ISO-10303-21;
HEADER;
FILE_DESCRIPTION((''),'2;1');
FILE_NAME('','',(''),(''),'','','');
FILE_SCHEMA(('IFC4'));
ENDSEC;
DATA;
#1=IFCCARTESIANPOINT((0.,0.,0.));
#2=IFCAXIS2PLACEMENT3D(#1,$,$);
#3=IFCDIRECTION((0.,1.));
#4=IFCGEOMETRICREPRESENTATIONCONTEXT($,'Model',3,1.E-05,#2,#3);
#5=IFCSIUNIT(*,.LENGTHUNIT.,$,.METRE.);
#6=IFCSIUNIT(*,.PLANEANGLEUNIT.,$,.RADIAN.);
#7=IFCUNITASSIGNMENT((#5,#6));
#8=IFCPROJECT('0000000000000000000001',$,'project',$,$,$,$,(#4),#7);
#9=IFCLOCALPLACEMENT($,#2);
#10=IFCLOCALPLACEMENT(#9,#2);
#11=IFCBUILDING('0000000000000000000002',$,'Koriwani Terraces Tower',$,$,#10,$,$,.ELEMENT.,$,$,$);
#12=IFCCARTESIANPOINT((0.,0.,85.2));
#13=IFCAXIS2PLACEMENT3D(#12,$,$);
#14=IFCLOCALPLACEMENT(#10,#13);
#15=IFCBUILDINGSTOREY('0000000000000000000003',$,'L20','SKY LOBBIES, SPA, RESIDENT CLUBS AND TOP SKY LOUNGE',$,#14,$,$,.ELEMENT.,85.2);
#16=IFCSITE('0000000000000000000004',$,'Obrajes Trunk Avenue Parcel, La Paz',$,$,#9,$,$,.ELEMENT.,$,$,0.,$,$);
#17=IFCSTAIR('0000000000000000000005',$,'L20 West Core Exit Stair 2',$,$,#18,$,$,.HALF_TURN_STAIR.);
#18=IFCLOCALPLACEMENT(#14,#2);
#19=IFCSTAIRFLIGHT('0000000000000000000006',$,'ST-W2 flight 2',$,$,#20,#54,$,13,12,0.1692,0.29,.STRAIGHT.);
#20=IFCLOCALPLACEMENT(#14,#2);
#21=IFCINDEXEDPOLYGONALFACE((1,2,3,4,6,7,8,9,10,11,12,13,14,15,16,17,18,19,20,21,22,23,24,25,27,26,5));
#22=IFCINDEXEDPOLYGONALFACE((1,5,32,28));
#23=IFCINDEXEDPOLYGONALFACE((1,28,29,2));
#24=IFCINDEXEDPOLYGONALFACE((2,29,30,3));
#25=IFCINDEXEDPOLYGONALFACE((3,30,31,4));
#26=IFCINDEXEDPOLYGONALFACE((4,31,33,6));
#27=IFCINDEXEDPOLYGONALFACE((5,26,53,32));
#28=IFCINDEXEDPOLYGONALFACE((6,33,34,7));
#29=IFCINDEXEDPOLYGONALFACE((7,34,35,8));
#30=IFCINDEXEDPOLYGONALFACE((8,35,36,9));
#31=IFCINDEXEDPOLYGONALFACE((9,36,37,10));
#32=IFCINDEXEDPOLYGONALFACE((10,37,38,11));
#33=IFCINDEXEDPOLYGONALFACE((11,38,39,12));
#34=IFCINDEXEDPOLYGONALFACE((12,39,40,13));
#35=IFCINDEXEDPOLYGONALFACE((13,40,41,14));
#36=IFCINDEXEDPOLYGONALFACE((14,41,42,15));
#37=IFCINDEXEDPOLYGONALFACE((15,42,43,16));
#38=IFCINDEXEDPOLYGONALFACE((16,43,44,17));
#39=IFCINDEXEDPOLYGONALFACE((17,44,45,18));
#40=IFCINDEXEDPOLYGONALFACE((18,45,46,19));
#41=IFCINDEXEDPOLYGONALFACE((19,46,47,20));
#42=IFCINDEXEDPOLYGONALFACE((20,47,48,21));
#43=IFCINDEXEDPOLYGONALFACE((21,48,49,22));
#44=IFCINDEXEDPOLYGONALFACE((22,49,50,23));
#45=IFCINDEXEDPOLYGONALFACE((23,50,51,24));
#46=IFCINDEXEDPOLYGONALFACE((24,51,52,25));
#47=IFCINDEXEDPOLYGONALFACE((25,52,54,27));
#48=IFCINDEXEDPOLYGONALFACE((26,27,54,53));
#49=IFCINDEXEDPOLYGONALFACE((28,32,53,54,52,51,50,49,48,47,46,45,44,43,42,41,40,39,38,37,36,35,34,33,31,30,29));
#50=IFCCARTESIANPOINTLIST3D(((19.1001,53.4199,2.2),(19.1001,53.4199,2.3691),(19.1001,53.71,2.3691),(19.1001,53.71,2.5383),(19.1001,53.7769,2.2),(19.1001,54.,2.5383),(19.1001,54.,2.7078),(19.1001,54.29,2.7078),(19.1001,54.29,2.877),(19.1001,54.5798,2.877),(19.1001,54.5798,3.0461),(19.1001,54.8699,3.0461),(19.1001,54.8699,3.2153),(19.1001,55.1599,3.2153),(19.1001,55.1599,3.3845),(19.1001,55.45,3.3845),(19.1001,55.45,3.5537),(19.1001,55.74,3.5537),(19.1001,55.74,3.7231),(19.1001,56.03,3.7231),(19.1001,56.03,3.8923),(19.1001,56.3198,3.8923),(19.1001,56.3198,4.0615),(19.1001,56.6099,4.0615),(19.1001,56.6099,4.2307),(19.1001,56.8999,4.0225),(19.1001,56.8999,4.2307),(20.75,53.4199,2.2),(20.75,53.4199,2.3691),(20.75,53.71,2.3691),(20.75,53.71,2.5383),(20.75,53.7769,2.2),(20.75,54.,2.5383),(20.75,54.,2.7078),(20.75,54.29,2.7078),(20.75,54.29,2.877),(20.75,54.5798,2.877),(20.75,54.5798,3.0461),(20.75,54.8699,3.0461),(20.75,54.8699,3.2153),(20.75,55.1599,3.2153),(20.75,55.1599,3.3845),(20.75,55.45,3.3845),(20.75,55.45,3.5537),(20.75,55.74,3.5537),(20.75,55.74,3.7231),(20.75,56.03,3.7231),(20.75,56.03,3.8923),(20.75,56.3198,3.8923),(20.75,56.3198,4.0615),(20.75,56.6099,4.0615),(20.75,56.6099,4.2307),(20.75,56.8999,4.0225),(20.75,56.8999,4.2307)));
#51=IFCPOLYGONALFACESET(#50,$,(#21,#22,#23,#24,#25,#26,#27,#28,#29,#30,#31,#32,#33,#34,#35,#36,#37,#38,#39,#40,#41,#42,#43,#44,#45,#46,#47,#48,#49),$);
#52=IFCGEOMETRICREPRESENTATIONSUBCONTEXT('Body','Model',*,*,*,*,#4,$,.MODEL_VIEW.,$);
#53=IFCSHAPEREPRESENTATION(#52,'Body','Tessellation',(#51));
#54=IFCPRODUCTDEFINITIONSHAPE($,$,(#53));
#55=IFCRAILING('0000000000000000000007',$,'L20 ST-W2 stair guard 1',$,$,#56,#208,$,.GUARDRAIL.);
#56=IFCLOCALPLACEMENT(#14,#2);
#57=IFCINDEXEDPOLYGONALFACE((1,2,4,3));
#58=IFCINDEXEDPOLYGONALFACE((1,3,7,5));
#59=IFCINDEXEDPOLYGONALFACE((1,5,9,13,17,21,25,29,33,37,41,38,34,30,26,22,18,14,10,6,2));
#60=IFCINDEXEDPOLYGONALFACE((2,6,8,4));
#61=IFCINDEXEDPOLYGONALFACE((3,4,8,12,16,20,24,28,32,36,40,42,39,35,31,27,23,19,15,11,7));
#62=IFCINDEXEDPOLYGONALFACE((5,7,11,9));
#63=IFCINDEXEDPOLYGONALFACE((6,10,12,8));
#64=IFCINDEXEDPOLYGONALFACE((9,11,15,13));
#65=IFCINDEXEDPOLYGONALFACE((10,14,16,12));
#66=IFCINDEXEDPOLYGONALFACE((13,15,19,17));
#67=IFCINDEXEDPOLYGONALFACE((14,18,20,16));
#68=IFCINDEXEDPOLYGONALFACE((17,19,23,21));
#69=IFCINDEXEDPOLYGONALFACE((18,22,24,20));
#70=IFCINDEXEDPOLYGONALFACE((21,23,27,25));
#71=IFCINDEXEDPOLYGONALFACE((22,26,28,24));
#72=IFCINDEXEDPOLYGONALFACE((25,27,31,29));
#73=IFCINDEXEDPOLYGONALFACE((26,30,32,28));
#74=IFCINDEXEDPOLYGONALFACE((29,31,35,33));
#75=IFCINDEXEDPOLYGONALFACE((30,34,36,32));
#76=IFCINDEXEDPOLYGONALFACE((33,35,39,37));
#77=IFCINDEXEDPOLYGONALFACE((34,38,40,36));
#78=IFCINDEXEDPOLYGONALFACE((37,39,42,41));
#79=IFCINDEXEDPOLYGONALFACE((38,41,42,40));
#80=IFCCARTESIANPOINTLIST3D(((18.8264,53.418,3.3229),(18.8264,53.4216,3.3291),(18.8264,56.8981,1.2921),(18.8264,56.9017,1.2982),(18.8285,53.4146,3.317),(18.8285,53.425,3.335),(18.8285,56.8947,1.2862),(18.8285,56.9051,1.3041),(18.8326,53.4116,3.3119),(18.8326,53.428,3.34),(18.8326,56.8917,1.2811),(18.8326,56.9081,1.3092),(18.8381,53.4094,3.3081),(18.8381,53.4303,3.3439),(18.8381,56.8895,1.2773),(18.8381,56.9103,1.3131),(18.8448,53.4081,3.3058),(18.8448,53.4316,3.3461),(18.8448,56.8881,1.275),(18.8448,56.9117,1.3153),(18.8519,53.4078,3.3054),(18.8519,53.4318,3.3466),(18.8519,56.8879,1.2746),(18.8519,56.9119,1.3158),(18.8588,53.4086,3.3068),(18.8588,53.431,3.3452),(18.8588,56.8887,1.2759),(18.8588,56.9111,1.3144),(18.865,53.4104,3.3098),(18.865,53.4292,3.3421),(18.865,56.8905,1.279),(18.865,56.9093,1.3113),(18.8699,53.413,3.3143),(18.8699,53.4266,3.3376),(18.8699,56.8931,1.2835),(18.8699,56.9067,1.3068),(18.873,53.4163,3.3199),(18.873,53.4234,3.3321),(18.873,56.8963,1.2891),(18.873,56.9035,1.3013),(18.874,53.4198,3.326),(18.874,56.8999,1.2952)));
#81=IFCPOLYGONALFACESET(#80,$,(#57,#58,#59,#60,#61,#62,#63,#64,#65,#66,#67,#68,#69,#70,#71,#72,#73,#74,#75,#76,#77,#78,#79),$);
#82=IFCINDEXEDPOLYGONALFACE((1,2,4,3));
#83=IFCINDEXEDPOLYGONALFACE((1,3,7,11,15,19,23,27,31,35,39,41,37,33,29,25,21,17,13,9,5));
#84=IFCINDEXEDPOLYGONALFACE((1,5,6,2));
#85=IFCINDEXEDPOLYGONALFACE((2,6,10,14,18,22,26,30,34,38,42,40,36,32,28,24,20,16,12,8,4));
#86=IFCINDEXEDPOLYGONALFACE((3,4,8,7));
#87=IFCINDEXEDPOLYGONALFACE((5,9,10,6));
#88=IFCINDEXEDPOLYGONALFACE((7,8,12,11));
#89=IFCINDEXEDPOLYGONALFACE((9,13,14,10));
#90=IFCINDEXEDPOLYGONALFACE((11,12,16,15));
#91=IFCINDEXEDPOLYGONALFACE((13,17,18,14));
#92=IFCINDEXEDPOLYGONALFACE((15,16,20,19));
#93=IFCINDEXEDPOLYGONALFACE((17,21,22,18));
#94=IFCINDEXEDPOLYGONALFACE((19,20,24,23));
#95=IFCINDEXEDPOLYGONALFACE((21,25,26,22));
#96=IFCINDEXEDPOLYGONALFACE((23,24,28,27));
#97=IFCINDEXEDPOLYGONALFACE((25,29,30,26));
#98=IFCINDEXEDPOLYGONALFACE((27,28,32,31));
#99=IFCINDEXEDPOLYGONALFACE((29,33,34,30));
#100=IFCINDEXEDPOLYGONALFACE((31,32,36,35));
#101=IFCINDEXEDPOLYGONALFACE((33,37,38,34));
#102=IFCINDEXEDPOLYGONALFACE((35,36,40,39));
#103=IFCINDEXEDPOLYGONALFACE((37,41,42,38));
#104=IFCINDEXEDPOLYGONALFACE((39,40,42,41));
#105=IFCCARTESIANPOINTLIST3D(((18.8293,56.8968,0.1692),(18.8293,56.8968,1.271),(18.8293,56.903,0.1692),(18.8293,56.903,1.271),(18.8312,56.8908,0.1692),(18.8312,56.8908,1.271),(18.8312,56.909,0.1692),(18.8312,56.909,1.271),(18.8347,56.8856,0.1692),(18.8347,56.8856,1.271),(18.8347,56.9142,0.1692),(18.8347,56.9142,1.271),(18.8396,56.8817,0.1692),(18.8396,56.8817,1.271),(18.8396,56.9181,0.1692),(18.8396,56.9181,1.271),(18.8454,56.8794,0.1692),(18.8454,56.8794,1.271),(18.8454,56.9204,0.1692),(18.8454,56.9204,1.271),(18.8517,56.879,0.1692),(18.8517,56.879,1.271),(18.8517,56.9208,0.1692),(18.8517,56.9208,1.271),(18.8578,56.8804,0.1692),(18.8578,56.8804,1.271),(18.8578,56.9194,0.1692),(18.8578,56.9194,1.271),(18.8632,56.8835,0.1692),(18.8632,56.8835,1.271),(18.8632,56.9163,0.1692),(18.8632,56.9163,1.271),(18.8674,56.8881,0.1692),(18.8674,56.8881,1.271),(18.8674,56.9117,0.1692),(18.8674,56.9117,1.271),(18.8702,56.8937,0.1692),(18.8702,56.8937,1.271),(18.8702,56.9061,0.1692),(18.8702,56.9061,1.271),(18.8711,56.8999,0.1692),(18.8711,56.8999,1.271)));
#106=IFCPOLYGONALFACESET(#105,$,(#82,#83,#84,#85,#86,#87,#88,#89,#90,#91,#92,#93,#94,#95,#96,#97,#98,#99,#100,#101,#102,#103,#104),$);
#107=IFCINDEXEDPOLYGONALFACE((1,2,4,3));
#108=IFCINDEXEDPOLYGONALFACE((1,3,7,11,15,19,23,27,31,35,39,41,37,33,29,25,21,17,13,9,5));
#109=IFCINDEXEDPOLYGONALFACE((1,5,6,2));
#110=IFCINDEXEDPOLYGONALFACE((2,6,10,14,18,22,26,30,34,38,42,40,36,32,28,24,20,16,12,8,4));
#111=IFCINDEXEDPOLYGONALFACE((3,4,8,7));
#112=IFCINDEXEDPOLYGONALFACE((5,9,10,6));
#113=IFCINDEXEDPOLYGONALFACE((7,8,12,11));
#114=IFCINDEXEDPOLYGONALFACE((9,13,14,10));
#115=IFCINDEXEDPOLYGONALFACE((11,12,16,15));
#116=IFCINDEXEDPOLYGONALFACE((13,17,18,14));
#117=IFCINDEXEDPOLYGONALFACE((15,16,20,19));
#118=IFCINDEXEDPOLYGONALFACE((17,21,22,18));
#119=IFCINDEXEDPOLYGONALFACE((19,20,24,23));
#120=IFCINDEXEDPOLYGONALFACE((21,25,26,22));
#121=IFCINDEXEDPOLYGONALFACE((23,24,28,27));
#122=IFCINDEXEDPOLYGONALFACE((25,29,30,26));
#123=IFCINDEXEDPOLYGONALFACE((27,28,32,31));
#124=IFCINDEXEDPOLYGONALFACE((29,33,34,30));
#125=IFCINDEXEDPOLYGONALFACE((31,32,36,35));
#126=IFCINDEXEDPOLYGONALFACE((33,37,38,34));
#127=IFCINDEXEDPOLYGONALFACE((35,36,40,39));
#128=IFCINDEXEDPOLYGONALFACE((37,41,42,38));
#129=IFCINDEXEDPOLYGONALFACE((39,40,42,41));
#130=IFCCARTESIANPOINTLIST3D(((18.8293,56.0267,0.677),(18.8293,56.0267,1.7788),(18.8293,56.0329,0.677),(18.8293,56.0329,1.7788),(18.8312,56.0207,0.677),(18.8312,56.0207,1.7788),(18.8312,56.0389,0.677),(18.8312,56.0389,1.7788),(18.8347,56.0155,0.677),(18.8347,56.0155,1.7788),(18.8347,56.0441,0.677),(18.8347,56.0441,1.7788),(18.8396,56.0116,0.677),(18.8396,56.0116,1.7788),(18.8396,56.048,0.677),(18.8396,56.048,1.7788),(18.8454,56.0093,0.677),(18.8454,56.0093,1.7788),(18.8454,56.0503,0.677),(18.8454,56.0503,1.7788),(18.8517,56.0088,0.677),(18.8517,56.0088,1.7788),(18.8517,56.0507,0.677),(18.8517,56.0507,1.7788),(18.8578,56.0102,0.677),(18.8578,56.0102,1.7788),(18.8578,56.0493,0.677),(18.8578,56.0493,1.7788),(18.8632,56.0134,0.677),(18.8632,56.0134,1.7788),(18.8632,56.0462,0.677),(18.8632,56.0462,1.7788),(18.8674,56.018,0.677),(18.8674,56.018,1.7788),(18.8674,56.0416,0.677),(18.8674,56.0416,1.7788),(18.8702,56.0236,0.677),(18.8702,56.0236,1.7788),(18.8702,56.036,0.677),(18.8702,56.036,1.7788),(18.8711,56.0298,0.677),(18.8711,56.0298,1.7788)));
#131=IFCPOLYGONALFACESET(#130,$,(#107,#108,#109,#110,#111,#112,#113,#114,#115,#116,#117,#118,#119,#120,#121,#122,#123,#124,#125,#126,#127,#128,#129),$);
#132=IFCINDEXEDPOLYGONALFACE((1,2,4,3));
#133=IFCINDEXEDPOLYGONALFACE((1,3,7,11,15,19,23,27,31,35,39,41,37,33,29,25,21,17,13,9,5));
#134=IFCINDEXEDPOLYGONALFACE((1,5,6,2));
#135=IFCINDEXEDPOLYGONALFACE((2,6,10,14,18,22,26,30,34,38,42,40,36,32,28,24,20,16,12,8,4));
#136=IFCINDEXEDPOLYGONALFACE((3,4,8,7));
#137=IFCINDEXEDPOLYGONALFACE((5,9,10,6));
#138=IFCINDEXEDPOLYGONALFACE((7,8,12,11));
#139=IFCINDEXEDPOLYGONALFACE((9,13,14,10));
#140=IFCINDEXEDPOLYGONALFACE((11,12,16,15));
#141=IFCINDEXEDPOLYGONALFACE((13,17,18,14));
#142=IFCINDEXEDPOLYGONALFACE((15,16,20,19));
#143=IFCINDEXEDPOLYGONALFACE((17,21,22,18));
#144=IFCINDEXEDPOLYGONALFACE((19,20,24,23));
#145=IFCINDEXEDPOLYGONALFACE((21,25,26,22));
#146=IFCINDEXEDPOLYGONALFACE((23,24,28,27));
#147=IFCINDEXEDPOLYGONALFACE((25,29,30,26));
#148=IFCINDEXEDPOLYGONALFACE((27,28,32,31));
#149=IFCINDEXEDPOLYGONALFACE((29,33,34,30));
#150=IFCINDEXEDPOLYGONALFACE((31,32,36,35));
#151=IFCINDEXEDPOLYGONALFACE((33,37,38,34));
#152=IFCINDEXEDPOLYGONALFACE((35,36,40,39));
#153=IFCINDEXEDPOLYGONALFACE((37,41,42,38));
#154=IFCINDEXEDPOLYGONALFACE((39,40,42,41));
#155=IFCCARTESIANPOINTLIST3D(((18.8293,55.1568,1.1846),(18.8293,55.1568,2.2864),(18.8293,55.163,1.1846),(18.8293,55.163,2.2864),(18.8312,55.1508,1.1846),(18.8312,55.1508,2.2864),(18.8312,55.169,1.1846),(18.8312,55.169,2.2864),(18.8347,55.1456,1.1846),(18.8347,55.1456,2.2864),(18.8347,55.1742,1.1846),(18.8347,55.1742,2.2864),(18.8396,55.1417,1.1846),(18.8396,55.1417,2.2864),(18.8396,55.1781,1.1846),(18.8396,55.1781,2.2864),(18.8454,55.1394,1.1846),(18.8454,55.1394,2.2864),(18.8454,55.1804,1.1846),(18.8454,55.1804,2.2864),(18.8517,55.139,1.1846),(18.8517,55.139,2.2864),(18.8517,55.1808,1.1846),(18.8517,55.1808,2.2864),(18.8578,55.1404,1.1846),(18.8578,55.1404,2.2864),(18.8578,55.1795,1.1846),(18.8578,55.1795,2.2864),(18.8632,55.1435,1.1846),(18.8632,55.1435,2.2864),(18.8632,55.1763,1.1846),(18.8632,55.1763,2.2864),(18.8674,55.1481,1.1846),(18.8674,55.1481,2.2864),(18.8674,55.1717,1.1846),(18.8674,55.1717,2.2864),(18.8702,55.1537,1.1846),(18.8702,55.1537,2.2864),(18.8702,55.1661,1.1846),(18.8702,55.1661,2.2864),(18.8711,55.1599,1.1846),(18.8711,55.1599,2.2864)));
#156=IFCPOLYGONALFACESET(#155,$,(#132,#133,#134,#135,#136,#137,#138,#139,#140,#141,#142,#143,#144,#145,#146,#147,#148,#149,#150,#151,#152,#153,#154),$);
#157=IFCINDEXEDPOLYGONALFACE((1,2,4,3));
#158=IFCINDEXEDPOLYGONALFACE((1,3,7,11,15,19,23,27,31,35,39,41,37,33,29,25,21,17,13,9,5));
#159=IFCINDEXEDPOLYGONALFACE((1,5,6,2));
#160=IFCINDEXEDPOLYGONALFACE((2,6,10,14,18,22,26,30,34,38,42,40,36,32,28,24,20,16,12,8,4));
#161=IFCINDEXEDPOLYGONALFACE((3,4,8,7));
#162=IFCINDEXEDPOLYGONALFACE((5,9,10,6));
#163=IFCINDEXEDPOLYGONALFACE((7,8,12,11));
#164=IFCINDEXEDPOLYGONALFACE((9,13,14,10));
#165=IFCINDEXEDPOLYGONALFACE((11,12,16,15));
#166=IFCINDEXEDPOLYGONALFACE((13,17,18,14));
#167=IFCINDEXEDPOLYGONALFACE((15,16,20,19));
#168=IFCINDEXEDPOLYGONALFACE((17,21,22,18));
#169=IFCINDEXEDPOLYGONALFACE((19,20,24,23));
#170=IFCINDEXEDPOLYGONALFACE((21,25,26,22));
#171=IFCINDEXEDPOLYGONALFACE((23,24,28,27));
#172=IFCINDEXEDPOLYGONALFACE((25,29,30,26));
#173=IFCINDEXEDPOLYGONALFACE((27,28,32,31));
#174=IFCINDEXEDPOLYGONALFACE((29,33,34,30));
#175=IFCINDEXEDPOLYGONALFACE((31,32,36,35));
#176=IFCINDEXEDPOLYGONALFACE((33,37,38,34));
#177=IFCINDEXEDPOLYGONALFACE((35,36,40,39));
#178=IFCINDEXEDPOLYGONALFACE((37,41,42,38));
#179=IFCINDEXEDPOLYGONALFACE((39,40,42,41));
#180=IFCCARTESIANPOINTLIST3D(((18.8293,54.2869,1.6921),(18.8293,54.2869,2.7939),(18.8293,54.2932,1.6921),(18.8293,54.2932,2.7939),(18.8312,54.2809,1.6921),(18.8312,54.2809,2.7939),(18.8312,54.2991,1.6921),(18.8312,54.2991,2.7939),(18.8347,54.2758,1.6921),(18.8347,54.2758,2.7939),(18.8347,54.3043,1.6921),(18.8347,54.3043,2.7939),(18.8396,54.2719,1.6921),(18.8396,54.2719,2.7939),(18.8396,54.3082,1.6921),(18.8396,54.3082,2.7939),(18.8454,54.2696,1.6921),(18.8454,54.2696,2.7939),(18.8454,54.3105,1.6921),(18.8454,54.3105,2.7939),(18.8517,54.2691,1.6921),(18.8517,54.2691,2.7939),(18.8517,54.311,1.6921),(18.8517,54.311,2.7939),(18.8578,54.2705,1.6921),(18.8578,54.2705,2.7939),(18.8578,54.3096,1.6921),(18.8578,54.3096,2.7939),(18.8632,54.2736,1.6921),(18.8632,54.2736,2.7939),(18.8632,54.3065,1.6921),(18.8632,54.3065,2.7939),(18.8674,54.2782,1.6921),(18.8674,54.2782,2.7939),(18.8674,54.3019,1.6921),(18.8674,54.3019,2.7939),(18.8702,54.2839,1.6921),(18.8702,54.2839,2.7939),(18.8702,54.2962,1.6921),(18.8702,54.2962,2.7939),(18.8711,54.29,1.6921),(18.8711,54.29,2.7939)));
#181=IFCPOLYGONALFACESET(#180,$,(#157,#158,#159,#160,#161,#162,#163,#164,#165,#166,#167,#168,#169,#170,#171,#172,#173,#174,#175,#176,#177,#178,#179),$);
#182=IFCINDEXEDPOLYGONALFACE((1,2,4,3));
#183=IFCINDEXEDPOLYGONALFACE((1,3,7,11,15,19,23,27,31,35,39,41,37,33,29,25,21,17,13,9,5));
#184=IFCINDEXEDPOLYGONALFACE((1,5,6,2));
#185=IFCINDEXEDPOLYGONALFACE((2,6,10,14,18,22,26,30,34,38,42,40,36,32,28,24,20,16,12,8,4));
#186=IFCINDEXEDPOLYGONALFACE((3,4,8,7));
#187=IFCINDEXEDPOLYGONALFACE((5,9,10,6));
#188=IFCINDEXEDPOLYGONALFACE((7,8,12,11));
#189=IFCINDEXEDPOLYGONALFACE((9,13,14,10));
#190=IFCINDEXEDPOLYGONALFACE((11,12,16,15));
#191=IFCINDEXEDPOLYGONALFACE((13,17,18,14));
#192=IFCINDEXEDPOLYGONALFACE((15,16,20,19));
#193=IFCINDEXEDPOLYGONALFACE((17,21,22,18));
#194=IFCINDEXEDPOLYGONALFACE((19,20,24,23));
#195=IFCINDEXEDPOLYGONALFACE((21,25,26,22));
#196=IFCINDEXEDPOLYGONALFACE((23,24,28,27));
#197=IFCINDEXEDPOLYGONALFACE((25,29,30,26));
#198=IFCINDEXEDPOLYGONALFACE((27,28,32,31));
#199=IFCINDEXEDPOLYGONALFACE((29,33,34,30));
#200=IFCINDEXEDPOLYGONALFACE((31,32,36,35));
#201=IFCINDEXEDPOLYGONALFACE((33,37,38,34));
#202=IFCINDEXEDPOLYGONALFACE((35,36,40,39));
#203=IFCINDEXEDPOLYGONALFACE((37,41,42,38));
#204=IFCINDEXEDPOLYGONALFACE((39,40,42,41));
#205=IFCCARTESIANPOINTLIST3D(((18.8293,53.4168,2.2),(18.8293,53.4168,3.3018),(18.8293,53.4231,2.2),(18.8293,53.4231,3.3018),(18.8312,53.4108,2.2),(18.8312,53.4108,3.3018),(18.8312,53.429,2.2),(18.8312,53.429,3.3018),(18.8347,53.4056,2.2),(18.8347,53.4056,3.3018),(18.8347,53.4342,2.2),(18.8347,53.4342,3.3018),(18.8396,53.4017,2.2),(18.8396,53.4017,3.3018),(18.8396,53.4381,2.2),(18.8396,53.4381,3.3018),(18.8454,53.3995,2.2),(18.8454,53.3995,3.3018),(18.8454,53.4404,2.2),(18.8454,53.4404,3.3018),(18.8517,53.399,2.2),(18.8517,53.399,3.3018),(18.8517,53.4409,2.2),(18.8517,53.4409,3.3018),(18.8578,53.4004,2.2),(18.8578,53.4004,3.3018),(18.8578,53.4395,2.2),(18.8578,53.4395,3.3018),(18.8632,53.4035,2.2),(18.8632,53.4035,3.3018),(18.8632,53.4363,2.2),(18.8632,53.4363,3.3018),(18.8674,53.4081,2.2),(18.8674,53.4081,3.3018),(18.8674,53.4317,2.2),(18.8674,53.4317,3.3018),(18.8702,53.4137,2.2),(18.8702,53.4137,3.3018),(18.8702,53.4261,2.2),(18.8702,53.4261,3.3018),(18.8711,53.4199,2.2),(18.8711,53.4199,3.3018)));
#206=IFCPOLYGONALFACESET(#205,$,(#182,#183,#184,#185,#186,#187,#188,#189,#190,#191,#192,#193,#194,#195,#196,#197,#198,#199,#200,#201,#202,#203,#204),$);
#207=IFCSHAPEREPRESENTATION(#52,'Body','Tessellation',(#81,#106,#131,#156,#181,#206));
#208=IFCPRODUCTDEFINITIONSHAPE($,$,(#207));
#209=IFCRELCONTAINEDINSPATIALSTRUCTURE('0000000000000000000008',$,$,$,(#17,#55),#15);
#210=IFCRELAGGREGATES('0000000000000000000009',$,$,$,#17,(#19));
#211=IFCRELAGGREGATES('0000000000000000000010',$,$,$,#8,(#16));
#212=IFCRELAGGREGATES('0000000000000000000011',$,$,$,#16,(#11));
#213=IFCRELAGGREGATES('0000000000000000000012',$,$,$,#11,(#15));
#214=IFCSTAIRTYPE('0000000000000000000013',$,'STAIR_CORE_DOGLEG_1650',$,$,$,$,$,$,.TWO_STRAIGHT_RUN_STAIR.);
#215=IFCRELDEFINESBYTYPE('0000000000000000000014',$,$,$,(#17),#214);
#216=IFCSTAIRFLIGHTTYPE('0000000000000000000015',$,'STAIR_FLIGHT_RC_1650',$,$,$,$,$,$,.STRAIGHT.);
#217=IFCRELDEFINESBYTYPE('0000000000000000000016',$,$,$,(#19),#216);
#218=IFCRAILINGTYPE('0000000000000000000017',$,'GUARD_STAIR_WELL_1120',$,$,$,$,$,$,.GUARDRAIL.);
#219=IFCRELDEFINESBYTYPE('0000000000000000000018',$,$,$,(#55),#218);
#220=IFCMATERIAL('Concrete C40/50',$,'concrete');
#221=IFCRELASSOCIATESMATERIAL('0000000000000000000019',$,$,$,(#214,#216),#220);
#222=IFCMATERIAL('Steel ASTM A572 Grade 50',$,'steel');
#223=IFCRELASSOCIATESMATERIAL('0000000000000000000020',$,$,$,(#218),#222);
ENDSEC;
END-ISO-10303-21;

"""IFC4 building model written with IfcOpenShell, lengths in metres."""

from ifc_helpers import new_model, si_unit, direction, frame, origin, origin_2d, place, context, subcontext, project, spatial, polyline, circle, outline, extrude, material, type_object, element, aggregate, save


model = new_model("IFC4")

# Units and contexts
model_context = context("Model", 3, precision=1e-05, world=origin(), true_north=direction((0.0, 1.0)))
body_context = subcontext(model_context, "Body", "Model", "MODEL_VIEW")
ifc_project = project(units=[si_unit("LENGTHUNIT", "METRE"), si_unit("PLANEANGLEUNIT", "RADIAN")], contexts=[model_context])

# Site, building, storey
site_placement = place(None, origin())
site = spatial("IfcSite", under=ifc_project, at=site_placement, Name="Obrajes Trunk Avenue Parcel, La Paz", CompositionType="ELEMENT", RefElevation=0.0)
building_placement = place(site_placement, origin())
building = spatial("IfcBuilding", under=site, at=building_placement, Name="Koriwani Terraces Tower", CompositionType="ELEMENT")
storey_placement = place(building_placement, frame((0.0, 0.0, 85.2)))
storey = spatial("IfcBuildingStorey", under=building, at=storey_placement, Name="L20", Description="SKY LOBBIES, SPA, RESIDENT CLUBS AND TOP SKY LOUNGE", CompositionType="ELEMENT", Elevation=85.2)

# Shared definitions
ifc_material_1 = material(Name="Concrete C40/50", Category="concrete")
ifc_material_2 = material(Name="Steel ASTM A572 Grade 50", Category="steel")

# Stair, stair flight
stair_type = type_object("IfcStairType", Name="STAIR_CORE_DOGLEG_1650", PredefinedType="TWO_STRAIGHT_RUN_STAIR", material=ifc_material_1)
stair_placement = place(storey_placement, origin())
stair = element("IfcStair", 1, at=stair_placement, inside=storey, type_object=stair_type, Name="L20 West Core Exit Stair 2", PredefinedType="HALF_TURN_STAIR")
stair_flight_type = type_object("IfcStairFlightType", Name="STAIR_FLIGHT_RC_1650", PredefinedType="STRAIGHT", material=ifc_material_1)
stair_flight_1_placement = place(storey_placement, frame((19.925, 53.4199, 2.2), z_axis=(0.0, 0.0, 1.0), x_axis=(0.0, 1.0, 0.0)))
stair_flight_1 = element("IfcStairFlight", 2, at=stair_flight_1_placement, type_object=stair_flight_type, Name="ST-W2 flight 2", NumberOfRisers=13, NumberOfTreads=12, PredefinedType="STRAIGHT", RiserHeight=0.1692, TreadLength=0.29, context=body_context, shape_type="SweptSolid", body=[
    extrude(outline(polyline([(0.0, 0.0), (0.0, 0.1692), (0.29, 0.1692), (0.29, 0.3384), (0.5801, 0.3384), (0.5801, 0.5078), (0.8701, 0.5078), (0.8701, 0.677), (1.1599, 0.677), (1.1599, 0.8462), (1.45, 0.8462), (1.45, 1.0154), (1.74, 1.0154), (1.74, 1.1846), (2.03, 1.1846), (2.03, 1.3538), (2.3201, 1.3538), (2.3201, 1.5232), (2.6101, 1.5232), (2.6101, 1.6924), (2.8999, 1.6924), (2.8999, 1.8616), (3.1899, 1.8616), (3.1899, 2.0308), (3.48, 2.0308), (3.48, 2.2), (3.48, 1.8225), (0.3569, 0.0), (0.0, 0.0)])), frame((0.0, 0.825, 0.0), z_axis=(0.0, -1.0, 0.0), x_axis=(1.0, 0.0, 0.0)), (0.0, 0.0, 1.0), 1.6499),
])
aggregate(stair, [stair_flight_1])

# Railing
railing_type_1 = type_object("IfcRailingType", Name="GUARD_STAIR_WELL_1120", PredefinedType="GUARDRAIL", material=ifc_material_2)
railing_1_placement = place(storey_placement, frame((18.8501, 56.8999, 0.1692)))
element("IfcRailing", 3, at=railing_1_placement, inside=storey, type_object=railing_type_1, Name="L20 ST-W2 stair guard 1", PredefinedType="GUARDRAIL", context=body_context, shape_type="SweptSolid", body=[
    extrude(circle(Radius=0.0239, at=origin_2d()), frame((0.0, 0.0, 1.126), z_axis=(0.0, -0.863695, 0.504014), x_axis=(1.0, 0.0, 0.0)), (0.0, 0.0, 1.0), 4.0293),
    extrude(circle(Radius=0.021, at=origin_2d()), origin(), (0.0, 0.0, 1.0), 1.1018),
    extrude(circle(Radius=0.021, at=origin_2d()), frame((0.0, -0.8701, 0.5078)), (0.0, 0.0, 1.0), 1.1018),
    extrude(circle(Radius=0.021, at=origin_2d()), frame((0.0, -1.74, 1.0154)), (0.0, 0.0, 1.0), 1.1018),
    extrude(circle(Radius=0.021, at=origin_2d()), frame((0.0, -2.6099, 1.5229)), (0.0, 0.0, 1.0), 1.1018),
    extrude(circle(Radius=0.021, at=origin_2d()), frame((0.0, -3.48, 2.0308)), (0.0, 0.0, 1.0), 1.1018),
])

save(model, "model.ifc")
